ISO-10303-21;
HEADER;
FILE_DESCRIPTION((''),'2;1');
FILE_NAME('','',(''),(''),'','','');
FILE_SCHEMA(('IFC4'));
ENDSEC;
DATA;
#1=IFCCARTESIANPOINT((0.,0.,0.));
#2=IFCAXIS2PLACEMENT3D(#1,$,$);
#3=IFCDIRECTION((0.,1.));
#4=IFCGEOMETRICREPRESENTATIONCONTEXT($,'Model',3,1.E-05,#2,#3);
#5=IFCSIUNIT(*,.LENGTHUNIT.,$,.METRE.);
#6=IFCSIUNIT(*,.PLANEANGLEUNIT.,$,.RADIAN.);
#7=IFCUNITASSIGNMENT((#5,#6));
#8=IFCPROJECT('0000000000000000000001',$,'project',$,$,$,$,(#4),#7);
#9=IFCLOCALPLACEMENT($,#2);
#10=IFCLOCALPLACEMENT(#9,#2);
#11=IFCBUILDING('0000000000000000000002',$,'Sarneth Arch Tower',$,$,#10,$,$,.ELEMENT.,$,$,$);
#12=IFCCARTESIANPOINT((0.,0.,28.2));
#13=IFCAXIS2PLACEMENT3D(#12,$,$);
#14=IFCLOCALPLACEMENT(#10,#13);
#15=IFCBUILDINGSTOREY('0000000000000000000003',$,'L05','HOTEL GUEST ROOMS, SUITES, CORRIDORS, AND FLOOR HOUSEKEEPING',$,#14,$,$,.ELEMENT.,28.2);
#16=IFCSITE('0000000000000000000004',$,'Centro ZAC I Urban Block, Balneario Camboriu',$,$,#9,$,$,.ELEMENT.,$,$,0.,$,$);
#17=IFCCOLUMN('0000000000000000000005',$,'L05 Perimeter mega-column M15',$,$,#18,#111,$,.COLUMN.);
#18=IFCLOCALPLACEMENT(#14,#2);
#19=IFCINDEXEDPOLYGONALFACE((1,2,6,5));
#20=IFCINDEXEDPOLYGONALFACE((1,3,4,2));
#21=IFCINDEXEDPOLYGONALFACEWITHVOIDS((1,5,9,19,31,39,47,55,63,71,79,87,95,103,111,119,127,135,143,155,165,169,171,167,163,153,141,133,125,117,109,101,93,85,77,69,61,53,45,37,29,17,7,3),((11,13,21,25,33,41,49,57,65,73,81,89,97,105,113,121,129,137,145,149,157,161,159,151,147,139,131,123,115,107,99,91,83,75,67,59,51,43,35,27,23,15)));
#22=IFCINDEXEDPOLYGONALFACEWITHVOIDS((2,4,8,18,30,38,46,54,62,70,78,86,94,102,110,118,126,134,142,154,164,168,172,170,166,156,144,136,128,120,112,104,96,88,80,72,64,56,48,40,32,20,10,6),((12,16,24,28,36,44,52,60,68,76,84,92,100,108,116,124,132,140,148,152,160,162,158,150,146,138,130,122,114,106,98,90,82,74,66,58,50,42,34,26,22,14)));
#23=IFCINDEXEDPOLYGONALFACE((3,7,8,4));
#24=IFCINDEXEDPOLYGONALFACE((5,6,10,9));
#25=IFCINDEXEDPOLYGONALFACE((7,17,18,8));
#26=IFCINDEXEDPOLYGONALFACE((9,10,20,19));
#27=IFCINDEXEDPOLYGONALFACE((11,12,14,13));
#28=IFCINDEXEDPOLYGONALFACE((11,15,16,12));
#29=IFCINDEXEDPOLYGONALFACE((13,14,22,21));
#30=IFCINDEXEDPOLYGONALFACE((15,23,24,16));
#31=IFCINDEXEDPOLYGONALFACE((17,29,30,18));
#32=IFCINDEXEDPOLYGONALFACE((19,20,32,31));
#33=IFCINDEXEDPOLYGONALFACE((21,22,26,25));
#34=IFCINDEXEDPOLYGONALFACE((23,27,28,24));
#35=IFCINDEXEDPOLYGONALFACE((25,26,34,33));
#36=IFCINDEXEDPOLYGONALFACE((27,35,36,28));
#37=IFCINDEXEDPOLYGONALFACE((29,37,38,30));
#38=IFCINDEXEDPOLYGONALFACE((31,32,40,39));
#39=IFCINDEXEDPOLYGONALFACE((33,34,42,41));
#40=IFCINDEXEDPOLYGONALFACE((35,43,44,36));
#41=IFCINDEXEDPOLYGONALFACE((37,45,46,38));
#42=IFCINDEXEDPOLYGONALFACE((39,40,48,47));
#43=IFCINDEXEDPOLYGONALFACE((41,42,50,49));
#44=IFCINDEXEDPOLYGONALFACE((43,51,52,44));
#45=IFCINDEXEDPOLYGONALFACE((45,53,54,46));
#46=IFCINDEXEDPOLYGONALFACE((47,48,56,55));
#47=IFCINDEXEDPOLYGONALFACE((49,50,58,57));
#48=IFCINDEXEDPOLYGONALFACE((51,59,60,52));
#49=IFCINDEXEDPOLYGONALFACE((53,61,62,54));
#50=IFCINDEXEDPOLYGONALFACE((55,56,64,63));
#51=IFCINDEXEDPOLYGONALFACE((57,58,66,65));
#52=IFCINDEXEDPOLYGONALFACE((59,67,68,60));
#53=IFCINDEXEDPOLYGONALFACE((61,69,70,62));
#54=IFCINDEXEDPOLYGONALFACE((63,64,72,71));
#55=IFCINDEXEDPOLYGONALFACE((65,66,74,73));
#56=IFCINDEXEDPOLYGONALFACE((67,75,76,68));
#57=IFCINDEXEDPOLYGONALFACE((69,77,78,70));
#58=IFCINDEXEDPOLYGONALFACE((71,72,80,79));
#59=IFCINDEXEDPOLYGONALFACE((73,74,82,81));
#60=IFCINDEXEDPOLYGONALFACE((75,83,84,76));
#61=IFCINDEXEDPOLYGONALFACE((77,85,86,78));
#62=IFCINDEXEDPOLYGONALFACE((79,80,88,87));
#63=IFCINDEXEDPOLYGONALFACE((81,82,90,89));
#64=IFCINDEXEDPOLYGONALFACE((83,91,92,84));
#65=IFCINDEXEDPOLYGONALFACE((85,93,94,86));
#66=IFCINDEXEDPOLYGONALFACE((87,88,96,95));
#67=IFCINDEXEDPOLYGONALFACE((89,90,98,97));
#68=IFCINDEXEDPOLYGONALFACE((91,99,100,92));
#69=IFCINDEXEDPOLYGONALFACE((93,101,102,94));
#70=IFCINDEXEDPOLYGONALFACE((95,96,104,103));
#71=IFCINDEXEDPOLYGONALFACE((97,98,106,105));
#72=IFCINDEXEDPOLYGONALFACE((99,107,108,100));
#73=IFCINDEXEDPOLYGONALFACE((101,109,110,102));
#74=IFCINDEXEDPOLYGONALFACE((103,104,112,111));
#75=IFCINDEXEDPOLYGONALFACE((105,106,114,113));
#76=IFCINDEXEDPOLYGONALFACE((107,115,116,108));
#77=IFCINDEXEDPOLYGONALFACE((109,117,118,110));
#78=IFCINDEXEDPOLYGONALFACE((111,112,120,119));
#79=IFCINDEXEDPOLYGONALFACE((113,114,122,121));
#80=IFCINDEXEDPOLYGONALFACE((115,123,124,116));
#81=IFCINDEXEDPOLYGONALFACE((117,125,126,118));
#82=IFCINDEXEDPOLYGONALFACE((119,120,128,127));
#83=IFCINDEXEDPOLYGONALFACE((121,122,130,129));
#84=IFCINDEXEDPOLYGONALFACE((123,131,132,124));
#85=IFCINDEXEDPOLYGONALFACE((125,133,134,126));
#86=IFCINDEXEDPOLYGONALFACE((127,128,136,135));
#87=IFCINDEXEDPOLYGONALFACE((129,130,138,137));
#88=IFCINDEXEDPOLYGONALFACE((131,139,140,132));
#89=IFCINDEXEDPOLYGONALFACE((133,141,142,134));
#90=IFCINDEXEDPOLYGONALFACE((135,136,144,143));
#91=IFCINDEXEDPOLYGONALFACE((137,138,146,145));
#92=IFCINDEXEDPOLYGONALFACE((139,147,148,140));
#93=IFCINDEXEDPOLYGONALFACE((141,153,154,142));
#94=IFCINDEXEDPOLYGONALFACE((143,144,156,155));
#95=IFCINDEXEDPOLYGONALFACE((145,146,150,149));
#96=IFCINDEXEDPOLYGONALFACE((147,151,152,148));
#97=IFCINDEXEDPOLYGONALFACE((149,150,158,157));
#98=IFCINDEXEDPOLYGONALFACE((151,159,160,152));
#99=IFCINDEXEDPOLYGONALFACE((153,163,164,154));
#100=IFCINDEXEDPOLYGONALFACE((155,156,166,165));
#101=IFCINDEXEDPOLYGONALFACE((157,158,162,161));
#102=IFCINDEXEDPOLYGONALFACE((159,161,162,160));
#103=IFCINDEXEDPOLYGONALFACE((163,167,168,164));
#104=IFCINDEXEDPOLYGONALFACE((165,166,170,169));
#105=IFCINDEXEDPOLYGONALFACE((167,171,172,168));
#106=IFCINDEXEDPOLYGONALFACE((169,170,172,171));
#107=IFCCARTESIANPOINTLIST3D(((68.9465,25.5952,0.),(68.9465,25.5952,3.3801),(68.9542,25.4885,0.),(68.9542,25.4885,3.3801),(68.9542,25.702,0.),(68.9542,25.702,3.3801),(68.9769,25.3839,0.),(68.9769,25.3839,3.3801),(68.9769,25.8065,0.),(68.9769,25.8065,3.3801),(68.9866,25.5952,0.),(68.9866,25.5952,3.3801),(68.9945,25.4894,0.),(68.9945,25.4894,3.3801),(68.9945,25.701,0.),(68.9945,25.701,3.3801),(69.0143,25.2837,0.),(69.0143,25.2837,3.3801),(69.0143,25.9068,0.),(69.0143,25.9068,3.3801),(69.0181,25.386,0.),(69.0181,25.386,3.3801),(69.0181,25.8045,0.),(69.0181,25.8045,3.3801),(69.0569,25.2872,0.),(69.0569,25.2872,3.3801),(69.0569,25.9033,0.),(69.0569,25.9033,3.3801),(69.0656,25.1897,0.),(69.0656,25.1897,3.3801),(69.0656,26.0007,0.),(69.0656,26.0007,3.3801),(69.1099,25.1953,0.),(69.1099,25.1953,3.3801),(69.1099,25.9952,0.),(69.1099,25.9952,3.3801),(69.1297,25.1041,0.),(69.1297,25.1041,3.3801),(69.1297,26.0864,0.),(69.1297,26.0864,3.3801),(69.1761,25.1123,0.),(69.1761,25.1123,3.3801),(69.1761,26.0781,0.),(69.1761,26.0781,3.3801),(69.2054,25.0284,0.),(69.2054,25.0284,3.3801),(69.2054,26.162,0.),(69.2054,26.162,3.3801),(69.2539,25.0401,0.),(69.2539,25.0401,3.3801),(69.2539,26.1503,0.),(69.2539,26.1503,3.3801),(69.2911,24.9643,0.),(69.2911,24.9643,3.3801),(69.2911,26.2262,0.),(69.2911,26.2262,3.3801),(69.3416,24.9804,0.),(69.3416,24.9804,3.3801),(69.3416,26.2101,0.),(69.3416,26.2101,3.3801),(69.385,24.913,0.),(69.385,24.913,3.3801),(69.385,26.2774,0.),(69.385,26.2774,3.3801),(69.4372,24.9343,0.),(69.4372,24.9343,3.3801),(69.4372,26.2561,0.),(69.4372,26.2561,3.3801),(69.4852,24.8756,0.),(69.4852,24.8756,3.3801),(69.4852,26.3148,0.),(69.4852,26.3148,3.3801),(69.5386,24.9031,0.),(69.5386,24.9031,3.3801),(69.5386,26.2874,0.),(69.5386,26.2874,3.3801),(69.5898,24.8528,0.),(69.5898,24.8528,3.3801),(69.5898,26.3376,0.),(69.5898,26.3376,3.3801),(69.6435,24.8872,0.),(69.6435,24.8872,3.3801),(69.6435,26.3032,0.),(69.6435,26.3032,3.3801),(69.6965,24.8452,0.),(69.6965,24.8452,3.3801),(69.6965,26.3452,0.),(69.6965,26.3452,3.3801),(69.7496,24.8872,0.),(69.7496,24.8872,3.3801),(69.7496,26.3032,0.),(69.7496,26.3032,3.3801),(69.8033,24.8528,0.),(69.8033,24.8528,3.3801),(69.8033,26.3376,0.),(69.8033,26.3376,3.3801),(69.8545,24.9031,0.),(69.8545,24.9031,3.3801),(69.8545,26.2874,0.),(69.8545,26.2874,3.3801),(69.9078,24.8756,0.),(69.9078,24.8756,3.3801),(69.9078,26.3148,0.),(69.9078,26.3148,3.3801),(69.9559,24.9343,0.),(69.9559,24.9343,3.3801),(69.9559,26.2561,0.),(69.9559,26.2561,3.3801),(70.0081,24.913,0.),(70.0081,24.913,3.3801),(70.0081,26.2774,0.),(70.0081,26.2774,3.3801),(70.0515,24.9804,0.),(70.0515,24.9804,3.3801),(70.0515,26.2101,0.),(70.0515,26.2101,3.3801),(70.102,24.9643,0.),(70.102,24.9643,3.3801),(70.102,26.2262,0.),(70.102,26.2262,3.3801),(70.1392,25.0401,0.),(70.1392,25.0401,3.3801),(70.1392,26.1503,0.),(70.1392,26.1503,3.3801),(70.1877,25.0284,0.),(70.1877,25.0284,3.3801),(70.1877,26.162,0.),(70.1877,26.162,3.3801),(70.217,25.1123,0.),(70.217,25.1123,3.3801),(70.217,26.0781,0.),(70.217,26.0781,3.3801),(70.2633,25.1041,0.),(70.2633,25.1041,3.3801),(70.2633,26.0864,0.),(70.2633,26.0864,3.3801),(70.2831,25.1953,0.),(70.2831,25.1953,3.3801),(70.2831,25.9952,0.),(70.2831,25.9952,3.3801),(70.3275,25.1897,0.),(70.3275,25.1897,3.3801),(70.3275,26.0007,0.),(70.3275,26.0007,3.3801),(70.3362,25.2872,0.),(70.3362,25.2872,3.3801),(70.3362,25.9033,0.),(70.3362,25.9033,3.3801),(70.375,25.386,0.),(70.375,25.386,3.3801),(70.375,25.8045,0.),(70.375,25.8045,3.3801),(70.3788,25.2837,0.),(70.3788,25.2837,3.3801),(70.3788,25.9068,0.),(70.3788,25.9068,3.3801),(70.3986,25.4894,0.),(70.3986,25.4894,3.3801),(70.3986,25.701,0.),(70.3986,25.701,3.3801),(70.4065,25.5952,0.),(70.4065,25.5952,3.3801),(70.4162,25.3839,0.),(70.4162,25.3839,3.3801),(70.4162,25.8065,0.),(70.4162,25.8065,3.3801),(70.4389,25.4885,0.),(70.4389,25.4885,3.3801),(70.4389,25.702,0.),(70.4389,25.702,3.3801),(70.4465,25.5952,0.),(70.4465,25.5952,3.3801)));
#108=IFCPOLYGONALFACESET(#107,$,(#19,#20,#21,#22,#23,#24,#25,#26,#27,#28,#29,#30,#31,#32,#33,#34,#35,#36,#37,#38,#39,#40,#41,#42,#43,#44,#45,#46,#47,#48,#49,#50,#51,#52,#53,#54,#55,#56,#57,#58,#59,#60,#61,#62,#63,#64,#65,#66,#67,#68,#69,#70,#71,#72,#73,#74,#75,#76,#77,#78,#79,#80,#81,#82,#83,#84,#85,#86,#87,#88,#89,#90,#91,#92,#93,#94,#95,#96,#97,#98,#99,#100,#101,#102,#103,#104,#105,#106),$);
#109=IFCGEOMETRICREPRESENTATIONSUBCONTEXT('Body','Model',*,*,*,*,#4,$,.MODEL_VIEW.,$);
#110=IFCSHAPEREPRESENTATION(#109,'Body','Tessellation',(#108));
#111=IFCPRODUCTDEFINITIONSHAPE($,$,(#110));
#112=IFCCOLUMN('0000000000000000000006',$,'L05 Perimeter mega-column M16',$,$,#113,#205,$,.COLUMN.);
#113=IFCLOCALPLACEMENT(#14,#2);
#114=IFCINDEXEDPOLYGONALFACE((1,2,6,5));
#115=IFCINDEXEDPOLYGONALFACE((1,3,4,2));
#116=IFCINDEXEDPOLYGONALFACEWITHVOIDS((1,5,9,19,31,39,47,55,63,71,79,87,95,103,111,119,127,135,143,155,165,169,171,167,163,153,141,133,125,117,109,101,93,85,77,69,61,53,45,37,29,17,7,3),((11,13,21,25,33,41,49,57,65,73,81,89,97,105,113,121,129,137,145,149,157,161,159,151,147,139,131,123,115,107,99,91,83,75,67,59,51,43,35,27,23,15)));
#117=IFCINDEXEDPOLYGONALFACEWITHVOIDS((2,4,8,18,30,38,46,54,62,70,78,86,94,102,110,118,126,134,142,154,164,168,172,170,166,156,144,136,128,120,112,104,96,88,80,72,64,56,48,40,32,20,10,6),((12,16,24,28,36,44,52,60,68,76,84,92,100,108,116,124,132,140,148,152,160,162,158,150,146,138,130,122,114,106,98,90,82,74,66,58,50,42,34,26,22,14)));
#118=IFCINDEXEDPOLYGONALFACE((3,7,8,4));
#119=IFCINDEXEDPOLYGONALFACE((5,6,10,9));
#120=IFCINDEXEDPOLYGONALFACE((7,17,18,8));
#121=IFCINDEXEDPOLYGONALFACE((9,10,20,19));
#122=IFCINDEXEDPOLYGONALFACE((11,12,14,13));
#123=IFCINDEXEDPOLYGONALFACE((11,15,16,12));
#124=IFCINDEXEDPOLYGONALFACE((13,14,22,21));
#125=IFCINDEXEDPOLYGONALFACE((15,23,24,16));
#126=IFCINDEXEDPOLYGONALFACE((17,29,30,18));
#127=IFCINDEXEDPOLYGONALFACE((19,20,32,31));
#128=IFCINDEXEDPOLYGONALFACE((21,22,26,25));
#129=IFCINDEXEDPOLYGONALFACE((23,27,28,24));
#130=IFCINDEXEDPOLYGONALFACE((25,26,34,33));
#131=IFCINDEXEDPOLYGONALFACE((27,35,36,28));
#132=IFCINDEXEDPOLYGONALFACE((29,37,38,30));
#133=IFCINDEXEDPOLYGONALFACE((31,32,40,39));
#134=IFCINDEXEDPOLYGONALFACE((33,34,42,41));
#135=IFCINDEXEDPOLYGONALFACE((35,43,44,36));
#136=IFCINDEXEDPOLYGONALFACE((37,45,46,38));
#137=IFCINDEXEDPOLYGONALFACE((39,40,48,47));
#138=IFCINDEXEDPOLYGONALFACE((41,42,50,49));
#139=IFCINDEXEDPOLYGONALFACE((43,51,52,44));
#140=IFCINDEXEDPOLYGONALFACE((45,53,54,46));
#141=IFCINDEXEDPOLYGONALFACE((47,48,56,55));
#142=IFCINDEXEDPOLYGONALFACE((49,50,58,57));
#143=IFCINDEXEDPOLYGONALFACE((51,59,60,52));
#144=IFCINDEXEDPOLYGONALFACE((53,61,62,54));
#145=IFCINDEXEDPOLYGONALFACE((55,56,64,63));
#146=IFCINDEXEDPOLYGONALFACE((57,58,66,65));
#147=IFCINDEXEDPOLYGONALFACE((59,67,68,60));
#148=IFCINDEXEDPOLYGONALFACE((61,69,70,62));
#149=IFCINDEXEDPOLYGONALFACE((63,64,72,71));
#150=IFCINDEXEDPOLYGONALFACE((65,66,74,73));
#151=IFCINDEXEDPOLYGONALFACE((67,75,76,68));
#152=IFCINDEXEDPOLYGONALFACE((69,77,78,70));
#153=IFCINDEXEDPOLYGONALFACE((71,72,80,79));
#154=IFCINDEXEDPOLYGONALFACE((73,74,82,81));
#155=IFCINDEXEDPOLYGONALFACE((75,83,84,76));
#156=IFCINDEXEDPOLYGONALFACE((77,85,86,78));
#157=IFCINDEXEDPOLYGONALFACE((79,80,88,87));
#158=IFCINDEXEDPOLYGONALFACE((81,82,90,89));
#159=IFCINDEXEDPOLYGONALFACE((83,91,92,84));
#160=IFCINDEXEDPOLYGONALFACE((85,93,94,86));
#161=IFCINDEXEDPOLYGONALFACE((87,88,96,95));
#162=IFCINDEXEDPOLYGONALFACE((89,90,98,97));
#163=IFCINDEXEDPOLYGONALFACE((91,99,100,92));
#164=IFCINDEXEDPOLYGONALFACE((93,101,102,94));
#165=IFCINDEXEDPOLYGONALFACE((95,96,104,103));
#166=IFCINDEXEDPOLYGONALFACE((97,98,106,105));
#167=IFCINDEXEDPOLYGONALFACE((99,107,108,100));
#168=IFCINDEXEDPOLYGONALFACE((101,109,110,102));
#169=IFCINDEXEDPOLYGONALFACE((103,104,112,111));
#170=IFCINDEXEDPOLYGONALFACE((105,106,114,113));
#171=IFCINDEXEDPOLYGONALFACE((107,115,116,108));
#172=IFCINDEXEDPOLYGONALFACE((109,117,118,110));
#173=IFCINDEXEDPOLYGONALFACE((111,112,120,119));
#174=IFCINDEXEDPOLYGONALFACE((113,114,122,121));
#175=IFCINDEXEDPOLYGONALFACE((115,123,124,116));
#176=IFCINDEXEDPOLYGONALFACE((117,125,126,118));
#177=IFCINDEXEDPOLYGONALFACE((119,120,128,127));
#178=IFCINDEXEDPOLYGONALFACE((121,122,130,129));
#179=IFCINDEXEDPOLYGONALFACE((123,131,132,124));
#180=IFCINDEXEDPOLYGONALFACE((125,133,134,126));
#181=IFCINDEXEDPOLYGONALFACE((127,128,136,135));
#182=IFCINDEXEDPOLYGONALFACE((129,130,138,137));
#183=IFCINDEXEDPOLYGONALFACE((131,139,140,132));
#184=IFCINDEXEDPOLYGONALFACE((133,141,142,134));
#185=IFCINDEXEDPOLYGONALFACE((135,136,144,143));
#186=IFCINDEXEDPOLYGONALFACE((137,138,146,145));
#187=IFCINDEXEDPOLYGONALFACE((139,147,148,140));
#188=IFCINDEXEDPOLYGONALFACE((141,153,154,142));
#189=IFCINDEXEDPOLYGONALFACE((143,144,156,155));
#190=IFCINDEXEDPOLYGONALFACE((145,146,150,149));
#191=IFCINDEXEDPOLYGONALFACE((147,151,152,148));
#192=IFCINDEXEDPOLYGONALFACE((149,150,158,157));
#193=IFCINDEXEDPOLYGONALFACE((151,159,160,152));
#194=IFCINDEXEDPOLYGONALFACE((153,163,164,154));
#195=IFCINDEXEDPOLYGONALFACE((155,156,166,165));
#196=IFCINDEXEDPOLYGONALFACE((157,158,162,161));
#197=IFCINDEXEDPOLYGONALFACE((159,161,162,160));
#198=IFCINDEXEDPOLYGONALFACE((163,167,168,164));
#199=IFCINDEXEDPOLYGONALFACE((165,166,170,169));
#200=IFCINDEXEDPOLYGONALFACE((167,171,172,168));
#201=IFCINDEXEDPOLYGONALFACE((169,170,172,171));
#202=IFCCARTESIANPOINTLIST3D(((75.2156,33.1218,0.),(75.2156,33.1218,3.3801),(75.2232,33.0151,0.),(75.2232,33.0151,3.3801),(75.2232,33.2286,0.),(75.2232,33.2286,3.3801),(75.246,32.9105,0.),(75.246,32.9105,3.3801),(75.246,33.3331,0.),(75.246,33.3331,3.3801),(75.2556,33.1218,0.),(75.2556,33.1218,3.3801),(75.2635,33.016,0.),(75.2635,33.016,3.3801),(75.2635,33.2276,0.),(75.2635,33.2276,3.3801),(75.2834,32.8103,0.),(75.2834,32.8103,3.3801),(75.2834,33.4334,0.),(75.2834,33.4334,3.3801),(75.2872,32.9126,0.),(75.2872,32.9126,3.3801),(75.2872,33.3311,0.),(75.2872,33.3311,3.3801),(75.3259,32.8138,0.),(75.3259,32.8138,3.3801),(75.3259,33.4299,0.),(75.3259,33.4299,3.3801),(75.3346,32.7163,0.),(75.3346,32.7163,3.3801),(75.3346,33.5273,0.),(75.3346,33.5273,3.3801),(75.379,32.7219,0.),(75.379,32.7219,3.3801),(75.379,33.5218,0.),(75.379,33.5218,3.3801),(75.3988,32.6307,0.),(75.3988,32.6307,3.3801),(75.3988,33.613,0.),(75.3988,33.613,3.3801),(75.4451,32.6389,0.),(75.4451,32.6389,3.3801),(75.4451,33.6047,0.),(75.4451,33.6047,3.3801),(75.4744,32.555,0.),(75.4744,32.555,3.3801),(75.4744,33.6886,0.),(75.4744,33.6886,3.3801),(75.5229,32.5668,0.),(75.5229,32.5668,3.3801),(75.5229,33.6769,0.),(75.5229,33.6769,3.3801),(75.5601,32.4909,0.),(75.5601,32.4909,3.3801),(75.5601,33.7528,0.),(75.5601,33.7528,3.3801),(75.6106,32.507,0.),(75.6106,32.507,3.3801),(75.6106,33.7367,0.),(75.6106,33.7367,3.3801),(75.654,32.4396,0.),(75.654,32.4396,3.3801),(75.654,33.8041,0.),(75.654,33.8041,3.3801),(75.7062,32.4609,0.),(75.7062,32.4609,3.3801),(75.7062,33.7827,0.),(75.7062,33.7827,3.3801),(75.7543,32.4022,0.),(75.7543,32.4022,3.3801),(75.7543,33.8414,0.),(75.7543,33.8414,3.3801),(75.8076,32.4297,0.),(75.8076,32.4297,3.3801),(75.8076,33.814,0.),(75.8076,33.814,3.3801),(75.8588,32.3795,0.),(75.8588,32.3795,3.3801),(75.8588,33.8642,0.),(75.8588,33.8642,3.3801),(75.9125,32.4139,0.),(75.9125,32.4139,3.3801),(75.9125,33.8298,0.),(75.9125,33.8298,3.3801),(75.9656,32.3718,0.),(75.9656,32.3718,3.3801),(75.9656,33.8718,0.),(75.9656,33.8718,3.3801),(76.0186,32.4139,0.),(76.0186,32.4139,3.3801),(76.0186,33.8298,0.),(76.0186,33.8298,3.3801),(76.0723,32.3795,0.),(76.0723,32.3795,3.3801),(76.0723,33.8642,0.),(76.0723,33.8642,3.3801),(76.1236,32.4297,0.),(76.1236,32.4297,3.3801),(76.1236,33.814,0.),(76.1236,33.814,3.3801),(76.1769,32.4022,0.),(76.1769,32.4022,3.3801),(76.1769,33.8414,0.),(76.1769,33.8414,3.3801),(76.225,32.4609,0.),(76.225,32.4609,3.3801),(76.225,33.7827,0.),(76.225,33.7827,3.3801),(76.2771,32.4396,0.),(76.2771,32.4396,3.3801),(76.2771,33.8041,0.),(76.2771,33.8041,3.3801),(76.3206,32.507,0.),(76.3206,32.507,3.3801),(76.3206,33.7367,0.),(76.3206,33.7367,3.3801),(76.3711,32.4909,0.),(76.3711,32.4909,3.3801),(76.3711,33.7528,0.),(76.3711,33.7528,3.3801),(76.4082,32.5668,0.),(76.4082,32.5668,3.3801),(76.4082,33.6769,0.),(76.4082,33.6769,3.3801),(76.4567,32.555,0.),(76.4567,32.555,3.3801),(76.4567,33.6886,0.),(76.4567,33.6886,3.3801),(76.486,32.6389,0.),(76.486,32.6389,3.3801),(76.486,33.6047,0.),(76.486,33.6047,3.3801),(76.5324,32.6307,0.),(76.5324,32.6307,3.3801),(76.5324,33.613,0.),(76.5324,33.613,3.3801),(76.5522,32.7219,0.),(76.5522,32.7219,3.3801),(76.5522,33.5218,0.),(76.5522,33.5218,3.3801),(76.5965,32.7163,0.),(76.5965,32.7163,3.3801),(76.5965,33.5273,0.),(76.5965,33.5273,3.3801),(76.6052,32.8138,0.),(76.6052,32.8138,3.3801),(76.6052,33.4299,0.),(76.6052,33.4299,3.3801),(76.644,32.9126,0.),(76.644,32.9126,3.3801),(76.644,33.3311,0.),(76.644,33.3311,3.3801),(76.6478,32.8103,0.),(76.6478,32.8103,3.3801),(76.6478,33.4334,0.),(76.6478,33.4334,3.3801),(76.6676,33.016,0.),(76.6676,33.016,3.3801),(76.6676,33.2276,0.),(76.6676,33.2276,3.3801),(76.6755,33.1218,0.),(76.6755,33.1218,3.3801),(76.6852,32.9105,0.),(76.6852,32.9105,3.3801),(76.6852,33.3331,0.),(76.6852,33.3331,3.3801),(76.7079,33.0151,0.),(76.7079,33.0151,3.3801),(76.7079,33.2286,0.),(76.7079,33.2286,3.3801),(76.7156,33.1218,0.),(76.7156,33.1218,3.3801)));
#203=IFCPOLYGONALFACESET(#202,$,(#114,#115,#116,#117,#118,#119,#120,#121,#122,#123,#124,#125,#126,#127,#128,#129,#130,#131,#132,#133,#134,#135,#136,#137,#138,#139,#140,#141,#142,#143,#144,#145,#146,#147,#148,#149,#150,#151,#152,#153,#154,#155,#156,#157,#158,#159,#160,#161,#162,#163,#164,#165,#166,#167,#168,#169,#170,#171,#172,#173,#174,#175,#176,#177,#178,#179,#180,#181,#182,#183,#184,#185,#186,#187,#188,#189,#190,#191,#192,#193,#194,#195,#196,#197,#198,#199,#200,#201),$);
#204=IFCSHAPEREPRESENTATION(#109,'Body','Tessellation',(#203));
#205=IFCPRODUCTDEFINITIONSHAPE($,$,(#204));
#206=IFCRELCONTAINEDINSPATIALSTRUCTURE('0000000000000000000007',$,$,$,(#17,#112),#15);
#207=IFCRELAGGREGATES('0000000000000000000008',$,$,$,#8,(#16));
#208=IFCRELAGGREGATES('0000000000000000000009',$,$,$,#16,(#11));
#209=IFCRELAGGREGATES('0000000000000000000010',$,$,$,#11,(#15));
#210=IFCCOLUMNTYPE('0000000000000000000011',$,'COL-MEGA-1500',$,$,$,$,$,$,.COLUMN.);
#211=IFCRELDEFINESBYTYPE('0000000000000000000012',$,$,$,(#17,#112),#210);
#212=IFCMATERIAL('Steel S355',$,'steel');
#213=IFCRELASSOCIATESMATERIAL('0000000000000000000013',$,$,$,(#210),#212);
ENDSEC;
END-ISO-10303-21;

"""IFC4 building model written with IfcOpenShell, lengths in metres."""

from ifc_helpers import new_model, si_unit, direction, frame, origin, origin_2d, place, context, subcontext, project, spatial, hollow_circle, extrude, material, material_profile, profile_set, type_object, element, save


model = new_model("IFC4")

# Units and contexts
model_context = context("Model", 3, precision=1e-05, world=origin(), true_north=direction((0.0, 1.0)))
body_context = subcontext(model_context, "Body", "Model", "MODEL_VIEW")
ifc_project = project(units=[si_unit("LENGTHUNIT", "METRE"), si_unit("PLANEANGLEUNIT", "RADIAN")], contexts=[model_context])

# Site, building, storey
site_placement = place(None, origin())
site = spatial("IfcSite", under=ifc_project, at=site_placement, Name="Centro ZAC I Urban Block, Balneario Camboriu", CompositionType="ELEMENT", RefElevation=0.0)
building_placement = place(site_placement, origin())
building = spatial("IfcBuilding", under=site, at=building_placement, Name="Sarneth Arch Tower", CompositionType="ELEMENT")
storey_placement = place(building_placement, frame((0.0, 0.0, 28.2)))
storey = spatial("IfcBuildingStorey", under=building, at=storey_placement, Name="L05", Description="HOTEL GUEST ROOMS, SUITES, CORRIDORS, AND FLOOR HOUSEKEEPING", CompositionType="ELEMENT", Elevation=28.2)

# Columns
ifc_material_1 = material(Name="Steel S355", Category="steel")
ifc_material_profile_1 = material_profile(ifc_material_1, hollow_circle(Radius=0.75, WallThickness=0.04, at=origin_2d()), Name="CHS1500x40")
ifc_profile_set_1 = profile_set([ifc_material_profile_1], Name="Steel S355")
column_type = type_object("IfcColumnType", Name="COL-MEGA-1500", PredefinedType="COLUMN", material=ifc_profile_set_1)
for number, where, z_axis, x_axis, name in (
    (1, (69.6965, 25.5952, 0.0), (0.0, 0.0, 1.0), (1.0, 0.0, 0.0), "L05 Perimeter mega-column M15"),
    (2, (75.9656, 33.1218, 0.0), (0.0, 0.0, 1.0), (1.0, 0.0, 0.0), "L05 Perimeter mega-column M16"),
):
    element("IfcColumn", number, at=place(storey_placement, frame(where, z_axis=z_axis, x_axis=x_axis)), inside=storey, type_object=column_type, Name=name, PredefinedType="COLUMN", context=body_context, shape_type="SweptSolid", body=[
        extrude(hollow_circle(Radius=0.75, WallThickness=0.04, at=origin_2d()), origin(), (0.0, 0.0, 1.0), 3.3801),
    ])

save(model, "model.ifc")
